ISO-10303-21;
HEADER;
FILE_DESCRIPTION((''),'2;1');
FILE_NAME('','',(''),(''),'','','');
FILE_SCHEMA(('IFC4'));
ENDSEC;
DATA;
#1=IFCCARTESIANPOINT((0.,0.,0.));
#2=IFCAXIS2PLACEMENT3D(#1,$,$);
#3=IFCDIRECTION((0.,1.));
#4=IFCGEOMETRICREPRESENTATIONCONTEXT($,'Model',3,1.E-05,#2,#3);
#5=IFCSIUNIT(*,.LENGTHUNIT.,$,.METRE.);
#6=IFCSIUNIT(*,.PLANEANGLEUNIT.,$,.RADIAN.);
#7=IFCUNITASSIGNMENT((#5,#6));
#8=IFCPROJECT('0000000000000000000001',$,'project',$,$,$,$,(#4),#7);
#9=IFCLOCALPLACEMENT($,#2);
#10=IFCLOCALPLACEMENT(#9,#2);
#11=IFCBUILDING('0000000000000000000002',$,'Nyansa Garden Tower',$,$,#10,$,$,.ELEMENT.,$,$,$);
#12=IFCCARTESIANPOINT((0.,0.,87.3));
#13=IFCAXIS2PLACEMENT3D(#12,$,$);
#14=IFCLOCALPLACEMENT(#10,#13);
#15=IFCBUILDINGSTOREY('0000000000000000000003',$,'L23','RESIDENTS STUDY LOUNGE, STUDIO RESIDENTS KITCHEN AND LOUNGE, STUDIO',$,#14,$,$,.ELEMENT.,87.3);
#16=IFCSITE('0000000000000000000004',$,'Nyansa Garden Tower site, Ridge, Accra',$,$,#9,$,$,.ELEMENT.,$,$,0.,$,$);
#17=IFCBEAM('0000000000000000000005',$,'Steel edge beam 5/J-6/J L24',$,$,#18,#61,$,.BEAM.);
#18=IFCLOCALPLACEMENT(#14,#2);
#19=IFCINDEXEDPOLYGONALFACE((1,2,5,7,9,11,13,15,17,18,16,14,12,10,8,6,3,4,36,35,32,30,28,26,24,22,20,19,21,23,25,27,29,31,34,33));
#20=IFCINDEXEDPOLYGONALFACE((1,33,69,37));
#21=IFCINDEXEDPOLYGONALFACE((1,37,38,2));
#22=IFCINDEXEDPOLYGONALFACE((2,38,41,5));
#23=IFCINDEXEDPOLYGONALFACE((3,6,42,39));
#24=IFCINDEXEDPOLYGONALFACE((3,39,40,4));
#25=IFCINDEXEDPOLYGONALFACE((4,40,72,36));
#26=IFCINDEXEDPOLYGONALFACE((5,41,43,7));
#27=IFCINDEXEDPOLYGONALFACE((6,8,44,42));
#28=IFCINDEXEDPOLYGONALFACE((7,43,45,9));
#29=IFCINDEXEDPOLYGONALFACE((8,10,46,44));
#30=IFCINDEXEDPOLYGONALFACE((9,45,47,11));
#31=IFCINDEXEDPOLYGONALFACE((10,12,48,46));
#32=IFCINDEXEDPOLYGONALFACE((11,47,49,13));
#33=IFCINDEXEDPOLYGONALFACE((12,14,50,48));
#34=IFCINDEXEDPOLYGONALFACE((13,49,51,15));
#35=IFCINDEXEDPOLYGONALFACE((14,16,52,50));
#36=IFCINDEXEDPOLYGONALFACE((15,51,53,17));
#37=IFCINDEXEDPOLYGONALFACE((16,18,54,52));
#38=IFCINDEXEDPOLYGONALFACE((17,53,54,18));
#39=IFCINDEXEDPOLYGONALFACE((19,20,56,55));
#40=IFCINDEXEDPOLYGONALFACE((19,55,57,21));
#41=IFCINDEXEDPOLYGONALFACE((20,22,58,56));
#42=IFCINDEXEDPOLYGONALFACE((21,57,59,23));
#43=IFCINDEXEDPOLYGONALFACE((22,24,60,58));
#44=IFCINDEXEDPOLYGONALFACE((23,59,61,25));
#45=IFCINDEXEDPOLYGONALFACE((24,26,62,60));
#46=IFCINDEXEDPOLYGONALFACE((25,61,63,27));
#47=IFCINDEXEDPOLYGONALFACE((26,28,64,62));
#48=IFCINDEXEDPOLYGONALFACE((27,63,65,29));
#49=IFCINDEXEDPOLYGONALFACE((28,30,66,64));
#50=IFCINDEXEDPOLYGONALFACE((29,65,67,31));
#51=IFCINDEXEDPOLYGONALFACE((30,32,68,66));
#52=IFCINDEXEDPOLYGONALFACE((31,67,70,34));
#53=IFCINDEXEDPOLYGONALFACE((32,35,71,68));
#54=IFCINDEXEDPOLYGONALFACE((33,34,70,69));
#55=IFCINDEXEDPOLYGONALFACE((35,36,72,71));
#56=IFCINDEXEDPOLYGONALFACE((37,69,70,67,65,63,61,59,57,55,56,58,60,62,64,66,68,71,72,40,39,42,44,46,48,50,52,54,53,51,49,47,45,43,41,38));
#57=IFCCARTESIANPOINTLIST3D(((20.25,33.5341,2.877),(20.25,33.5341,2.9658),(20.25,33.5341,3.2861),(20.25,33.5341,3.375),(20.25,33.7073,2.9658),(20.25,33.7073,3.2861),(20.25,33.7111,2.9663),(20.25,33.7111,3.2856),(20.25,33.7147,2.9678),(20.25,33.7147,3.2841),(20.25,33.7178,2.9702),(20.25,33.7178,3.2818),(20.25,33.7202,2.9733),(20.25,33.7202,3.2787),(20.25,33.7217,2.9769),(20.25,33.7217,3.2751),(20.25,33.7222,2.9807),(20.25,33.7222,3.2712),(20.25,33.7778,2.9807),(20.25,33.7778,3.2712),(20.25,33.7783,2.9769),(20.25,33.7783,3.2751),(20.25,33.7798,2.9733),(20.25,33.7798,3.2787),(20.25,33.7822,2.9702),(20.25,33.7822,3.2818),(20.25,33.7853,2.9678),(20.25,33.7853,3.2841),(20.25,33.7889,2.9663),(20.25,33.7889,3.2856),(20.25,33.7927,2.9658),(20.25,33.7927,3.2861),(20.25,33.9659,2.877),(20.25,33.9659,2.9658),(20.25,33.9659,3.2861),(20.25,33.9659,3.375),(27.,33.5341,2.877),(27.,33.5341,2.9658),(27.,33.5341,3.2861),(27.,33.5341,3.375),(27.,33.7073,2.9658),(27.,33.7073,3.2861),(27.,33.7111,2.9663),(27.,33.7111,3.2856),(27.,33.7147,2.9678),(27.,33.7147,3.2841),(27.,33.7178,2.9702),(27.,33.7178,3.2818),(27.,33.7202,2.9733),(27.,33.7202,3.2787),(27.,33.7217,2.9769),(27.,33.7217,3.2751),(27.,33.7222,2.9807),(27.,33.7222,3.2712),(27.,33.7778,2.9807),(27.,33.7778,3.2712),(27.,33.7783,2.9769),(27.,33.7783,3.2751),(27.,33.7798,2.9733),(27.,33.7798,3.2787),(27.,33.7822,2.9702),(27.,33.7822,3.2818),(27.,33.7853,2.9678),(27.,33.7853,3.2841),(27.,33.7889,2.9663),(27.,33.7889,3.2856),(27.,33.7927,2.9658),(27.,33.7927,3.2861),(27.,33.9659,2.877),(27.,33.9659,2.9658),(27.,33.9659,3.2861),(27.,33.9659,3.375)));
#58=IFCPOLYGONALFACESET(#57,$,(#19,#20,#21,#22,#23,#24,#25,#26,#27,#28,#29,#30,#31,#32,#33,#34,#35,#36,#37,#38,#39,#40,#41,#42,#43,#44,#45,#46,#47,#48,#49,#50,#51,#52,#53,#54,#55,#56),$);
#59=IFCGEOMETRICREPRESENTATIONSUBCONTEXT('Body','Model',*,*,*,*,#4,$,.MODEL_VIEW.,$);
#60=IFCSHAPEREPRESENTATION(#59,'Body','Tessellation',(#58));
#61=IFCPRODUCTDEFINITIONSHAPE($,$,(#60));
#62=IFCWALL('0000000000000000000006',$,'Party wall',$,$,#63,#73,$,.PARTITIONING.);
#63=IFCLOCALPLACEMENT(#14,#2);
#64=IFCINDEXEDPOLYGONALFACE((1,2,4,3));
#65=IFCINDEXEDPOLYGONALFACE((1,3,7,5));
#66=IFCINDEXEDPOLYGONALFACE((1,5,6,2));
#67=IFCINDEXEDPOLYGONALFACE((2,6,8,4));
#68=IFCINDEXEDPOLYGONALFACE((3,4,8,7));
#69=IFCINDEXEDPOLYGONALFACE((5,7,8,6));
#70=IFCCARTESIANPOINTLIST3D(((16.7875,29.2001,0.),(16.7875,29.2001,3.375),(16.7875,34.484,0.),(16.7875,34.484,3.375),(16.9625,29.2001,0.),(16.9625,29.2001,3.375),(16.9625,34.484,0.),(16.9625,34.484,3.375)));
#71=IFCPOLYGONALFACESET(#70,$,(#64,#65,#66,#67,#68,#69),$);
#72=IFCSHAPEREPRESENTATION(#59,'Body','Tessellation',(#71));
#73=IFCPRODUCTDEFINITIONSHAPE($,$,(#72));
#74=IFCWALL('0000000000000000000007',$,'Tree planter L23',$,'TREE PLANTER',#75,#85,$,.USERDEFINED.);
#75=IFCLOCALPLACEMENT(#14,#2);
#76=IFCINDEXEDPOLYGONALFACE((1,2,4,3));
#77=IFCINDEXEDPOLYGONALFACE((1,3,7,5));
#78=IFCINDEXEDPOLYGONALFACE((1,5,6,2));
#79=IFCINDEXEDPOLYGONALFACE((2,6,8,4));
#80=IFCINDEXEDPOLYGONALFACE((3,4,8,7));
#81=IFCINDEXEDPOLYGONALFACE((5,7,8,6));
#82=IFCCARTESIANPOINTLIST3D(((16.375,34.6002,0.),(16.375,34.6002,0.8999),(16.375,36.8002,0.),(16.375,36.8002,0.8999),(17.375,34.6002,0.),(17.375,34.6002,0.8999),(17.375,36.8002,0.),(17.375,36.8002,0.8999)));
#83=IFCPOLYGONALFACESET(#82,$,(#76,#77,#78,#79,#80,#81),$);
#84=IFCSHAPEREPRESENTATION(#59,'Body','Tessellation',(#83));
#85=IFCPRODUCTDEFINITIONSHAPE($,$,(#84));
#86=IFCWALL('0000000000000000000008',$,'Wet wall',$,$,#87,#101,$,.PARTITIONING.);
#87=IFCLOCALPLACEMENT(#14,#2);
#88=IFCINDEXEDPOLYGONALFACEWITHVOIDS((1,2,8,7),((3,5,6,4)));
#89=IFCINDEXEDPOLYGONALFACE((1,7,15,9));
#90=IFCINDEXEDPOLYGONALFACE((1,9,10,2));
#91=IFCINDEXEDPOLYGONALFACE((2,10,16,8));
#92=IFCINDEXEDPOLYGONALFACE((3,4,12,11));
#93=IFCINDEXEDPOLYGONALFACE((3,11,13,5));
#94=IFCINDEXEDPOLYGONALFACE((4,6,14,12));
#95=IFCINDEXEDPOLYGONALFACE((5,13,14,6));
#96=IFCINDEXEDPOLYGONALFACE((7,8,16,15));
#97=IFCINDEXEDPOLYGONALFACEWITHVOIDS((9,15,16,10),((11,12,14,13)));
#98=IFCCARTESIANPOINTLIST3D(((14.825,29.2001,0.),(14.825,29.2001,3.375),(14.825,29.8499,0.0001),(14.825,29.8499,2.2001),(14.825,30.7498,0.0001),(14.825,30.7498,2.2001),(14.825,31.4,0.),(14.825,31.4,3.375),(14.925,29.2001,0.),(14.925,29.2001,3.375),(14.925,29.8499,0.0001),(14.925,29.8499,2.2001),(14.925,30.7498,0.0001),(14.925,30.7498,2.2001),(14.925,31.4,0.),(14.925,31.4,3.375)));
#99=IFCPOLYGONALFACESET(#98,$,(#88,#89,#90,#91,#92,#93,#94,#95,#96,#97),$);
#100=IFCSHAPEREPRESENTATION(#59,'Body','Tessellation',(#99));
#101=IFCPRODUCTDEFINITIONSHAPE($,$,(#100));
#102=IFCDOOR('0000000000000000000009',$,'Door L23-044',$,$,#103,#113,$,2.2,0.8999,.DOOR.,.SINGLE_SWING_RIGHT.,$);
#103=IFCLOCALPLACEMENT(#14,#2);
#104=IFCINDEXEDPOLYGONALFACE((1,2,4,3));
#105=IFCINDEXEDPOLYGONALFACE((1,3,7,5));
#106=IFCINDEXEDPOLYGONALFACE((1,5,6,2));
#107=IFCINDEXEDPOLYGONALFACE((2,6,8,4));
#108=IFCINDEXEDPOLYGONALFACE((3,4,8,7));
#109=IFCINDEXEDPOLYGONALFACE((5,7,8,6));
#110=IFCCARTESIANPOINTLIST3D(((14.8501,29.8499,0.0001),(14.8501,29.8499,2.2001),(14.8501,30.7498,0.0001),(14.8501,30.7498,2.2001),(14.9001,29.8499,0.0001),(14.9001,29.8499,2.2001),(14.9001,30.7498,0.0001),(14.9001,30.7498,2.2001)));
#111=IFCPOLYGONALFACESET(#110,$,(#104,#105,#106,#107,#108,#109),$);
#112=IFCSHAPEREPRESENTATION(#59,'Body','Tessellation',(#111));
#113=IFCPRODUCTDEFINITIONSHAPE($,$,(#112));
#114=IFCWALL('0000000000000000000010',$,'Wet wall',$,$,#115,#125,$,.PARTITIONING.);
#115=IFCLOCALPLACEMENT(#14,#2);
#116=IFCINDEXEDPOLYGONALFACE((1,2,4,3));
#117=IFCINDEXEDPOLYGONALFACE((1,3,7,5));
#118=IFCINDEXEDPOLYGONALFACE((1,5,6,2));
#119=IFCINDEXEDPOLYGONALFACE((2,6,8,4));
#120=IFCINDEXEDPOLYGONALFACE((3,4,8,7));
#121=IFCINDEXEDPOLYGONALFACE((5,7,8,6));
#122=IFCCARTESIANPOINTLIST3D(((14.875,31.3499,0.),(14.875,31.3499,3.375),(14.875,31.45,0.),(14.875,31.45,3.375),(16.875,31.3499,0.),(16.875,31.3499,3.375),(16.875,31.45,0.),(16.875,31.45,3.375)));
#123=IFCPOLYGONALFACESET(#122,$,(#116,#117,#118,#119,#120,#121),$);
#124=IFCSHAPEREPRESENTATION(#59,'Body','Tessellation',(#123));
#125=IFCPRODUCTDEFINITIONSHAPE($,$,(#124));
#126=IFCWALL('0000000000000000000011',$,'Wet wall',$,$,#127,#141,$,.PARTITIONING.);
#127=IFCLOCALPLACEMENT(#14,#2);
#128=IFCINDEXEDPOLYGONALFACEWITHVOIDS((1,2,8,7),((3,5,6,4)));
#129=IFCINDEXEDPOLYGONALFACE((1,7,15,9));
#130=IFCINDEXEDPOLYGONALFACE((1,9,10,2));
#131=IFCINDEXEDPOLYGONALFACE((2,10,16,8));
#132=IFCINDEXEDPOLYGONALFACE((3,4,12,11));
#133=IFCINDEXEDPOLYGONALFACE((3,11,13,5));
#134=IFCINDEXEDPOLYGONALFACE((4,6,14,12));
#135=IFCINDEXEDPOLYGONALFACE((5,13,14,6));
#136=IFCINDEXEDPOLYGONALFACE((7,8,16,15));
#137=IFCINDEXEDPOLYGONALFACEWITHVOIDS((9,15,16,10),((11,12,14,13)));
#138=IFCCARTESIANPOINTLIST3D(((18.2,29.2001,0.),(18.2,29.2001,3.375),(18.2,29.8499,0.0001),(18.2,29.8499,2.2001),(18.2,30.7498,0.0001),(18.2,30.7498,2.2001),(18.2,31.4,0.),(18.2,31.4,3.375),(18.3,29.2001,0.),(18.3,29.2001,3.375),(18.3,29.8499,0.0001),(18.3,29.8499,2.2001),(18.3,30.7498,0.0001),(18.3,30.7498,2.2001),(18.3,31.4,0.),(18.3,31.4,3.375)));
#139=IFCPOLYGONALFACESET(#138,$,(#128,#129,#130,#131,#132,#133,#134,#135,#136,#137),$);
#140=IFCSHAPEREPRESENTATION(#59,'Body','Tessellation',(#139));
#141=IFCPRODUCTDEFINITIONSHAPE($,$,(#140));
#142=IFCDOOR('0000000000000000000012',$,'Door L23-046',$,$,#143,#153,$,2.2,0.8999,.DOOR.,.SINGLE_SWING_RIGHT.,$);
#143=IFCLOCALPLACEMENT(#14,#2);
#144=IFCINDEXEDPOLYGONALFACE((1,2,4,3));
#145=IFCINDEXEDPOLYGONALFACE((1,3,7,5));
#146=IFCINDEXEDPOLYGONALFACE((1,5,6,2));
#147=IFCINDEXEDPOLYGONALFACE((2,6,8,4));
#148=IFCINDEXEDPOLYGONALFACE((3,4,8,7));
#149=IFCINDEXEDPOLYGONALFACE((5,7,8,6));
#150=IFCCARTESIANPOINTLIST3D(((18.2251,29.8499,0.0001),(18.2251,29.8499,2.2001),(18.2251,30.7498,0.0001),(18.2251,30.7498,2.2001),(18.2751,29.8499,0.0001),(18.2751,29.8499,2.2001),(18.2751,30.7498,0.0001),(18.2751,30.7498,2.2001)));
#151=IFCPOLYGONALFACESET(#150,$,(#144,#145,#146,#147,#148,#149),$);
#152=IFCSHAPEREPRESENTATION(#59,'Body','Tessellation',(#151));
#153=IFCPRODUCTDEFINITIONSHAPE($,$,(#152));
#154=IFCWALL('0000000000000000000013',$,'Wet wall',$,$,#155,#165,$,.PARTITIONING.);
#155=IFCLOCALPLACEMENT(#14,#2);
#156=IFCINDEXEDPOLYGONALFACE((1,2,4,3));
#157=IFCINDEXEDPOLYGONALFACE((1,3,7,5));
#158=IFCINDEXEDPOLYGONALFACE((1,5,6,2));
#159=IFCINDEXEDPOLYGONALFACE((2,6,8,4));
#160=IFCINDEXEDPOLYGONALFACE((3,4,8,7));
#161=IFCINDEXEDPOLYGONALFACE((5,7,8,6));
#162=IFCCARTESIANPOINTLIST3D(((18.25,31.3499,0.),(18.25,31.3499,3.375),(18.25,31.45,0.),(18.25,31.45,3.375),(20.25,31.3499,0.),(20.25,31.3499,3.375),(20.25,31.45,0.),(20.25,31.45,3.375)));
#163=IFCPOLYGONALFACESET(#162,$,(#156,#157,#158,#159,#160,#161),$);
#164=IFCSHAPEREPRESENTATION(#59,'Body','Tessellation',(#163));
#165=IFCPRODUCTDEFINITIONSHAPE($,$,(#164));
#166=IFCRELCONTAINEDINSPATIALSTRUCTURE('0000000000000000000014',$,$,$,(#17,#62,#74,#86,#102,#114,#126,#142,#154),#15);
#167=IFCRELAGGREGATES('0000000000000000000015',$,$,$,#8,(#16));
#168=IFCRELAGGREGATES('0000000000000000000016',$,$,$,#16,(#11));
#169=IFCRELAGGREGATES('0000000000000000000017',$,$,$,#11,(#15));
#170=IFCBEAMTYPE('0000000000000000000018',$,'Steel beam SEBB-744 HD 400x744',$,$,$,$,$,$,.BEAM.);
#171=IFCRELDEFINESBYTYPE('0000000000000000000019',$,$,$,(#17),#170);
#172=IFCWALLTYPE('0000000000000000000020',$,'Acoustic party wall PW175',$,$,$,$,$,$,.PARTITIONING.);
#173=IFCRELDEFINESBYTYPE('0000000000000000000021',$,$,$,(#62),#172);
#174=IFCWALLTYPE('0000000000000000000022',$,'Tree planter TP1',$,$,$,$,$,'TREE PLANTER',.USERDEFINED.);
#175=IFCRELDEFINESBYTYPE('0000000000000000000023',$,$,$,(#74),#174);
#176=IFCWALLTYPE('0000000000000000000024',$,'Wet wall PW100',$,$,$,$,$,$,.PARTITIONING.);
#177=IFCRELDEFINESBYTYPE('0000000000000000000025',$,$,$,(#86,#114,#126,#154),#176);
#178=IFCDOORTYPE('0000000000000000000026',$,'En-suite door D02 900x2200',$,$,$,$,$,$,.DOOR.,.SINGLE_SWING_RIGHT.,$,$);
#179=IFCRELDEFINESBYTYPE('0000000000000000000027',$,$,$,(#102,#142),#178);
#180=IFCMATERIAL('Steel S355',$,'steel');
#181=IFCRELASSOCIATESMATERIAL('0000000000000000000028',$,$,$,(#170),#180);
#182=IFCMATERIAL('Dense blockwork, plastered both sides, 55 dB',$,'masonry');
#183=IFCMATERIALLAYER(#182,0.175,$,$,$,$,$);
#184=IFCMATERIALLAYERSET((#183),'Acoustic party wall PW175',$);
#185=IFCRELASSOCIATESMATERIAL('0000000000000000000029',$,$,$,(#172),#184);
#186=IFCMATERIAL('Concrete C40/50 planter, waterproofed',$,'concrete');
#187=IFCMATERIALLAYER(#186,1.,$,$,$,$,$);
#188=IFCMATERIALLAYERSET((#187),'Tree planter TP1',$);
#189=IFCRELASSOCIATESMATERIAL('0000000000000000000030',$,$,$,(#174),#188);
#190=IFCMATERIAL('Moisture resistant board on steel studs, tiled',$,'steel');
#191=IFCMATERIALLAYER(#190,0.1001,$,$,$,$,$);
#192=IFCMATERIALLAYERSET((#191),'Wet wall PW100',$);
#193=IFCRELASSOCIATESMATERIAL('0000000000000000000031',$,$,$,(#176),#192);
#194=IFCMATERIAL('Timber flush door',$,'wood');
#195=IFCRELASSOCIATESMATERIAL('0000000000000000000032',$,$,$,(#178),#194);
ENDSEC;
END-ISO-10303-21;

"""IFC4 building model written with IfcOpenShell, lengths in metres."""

from ifc_helpers import new_model, si_unit, direction, frame, frame_2d, origin, origin_2d, place, context, subcontext, project, spatial, rectangle, i_section, extrude, material, layer, layer_set, material_profile, profile_set, type_object, element, fill, save


model = new_model("IFC4")

# Units and contexts
model_context = context("Model", 3, precision=1e-05, world=origin(), true_north=direction((0.0, 1.0)))
body_context = subcontext(model_context, "Body", "Model", "MODEL_VIEW")
ifc_project = project(units=[si_unit("LENGTHUNIT", "METRE"), si_unit("PLANEANGLEUNIT", "RADIAN")], contexts=[model_context])

# Site, building, storey
site_placement = place(None, origin())
site = spatial("IfcSite", under=ifc_project, at=site_placement, Name="Nyansa Garden Tower site, Ridge, Accra", CompositionType="ELEMENT", RefElevation=0.0)
building_placement = place(site_placement, origin())
building = spatial("IfcBuilding", under=site, at=building_placement, Name="Nyansa Garden Tower", CompositionType="ELEMENT")
storey_placement = place(building_placement, frame((0.0, 0.0, 87.3)))
storey = spatial("IfcBuildingStorey", under=building, at=storey_placement, Name="L23", Description="RESIDENTS STUDY LOUNGE, STUDIO RESIDENTS KITCHEN AND LOUNGE, STUDIO", CompositionType="ELEMENT", Elevation=87.3)

# Beam
ifc_material_1 = material(Name="Steel S355", Category="steel")
ifc_material_profile_1 = material_profile(ifc_material_1, i_section(OverallWidth=0.4319, OverallDepth=0.498, WebThickness=0.0557, FlangeThickness=0.0889, FilletRadius=0.0149, at=origin_2d()), Name="HD 400x744")
ifc_profile_set_1 = profile_set([ifc_material_profile_1], Name="Steel S355")
beam_type_1 = type_object("IfcBeamType", Name="Steel beam SEBB-744 HD 400x744", PredefinedType="BEAM", material=ifc_profile_set_1)
beam_1_placement = place(storey_placement, frame((20.25, 33.75, 3.126), z_axis=(1.0, 0.0, 0.0), x_axis=(0.0, 1.0, 0.0)))
element("IfcBeam", 1, at=beam_1_placement, inside=storey, type_object=beam_type_1, Name="Steel edge beam 5/J-6/J L24", PredefinedType="BEAM", context=body_context, shape_type="SweptSolid", body=[
    extrude(i_section(OverallWidth=0.4319, OverallDepth=0.498, WebThickness=0.0557, FlangeThickness=0.0889, FilletRadius=0.0149, at=origin_2d()), origin(), (0.0, 0.0, 1.0), 6.75),
])

# Walls
ifc_material_2 = material(Name="Dense blockwork, plastered both sides, 55 dB", Category="masonry")
ifc_layer_1 = layer(ifc_material_2, 0.175)
ifc_layer_set_1 = layer_set([ifc_layer_1], Name="Acoustic party wall PW175")
wall_type_1 = type_object("IfcWallType", Name="Acoustic party wall PW175", PredefinedType="PARTITIONING", material=ifc_layer_set_1)
wall_1_placement = place(storey_placement, frame((16.875, 29.2, 0.0), z_axis=(0.0, 0.0, 1.0), x_axis=(0.0, 1.0, 0.0)))
element("IfcWall", 2, at=wall_1_placement, inside=storey, type_object=wall_type_1, Name="Party wall", PredefinedType="PARTITIONING", context=body_context, shape_type="SweptSolid", body=[
    extrude(rectangle(XDim=5.2839, YDim=0.175, at=frame_2d((2.6421, 0.0))), origin(), (0.0, 0.0, 1.0), 3.375),
])
ifc_material_3 = material(Name="Concrete C40/50 planter, waterproofed", Category="concrete")
ifc_layer_2 = layer(ifc_material_3, 1.0)
ifc_layer_set_2 = layer_set([ifc_layer_2], Name="Tree planter TP1")
wall_type_2 = type_object("IfcWallType", Name="Tree planter TP1", ElementType="TREE PLANTER", PredefinedType="USERDEFINED", material=ifc_layer_set_2)
wall_2_placement = place(storey_placement, frame((16.875, 34.6001, 0.0), z_axis=(0.0, 0.0, 1.0), x_axis=(0.0, 1.0, 0.0)))
element("IfcWall", 3, at=wall_2_placement, inside=storey, type_object=wall_type_2, Name="Tree planter L23", ObjectType="TREE PLANTER", PredefinedType="USERDEFINED", context=body_context, shape_type="SweptSolid", body=[
    extrude(rectangle(XDim=2.2, YDim=1.0, at=frame_2d((1.1001, 0.0))), origin(), (0.0, 0.0, 1.0), 0.8999),
])

# Wall, opening, door
ifc_material_4 = material(Name="Moisture resistant board on steel studs, tiled", Category="steel")
ifc_layer_3 = layer(ifc_material_4, 0.1001)
ifc_layer_set_3 = layer_set([ifc_layer_3], Name="Wet wall PW100")
wall_type_3 = type_object("IfcWallType", Name="Wet wall PW100", PredefinedType="PARTITIONING", material=ifc_layer_set_3)
wall_3_placement = place(storey_placement, frame((14.875, 29.2, 0.0), z_axis=(0.0, 0.0, 1.0), x_axis=(0.0, 1.0, 0.0)))
wall_3 = element("IfcWall", 4, at=wall_3_placement, inside=storey, type_object=wall_type_3, Name="Wet wall", PredefinedType="PARTITIONING", context=body_context, shape_type="SweptSolid", body=[
    extrude(rectangle(XDim=2.2, YDim=0.1001, at=frame_2d((1.1001, 0.0))), origin(), (0.0, 0.0, 1.0), 3.375),
])
opening_1_placement = place(wall_3_placement, frame((0.6499, 0.0, 0.0)))
opening_1 = element("IfcOpeningElement", 5, at=opening_1_placement, cuts=wall_3, PredefinedType="OPENING", context=body_context, shape_type="SweptSolid", body=[
    extrude(rectangle(XDim=0.8999, YDim=2.2, at=frame_2d((0.45, 1.1001))), frame((0.0, 0.0601, 0.0), z_axis=(0.0, -1.0, 0.0), x_axis=(1.0, 0.0, 0.0)), (0.0, 0.0, 1.0), 0.1201),
])
ifc_material_5 = material(Name="Timber flush door", Category="wood")
door_type = type_object("IfcDoorType", Name="En-suite door D02 900x2200", OperationType="SINGLE_SWING_RIGHT", PredefinedType="DOOR", material=ifc_material_5)
door_1_placement = place(opening_1_placement, origin())
door_1 = element("IfcDoor", 6, at=door_1_placement, inside=storey, type_object=door_type, Name="Door L23-044", OperationType="SINGLE_SWING_RIGHT", OverallHeight=2.2, OverallWidth=0.8999, PredefinedType="DOOR", context=body_context, shape_type="SweptSolid", body=[
    extrude(rectangle(XDim=0.8999, YDim=2.2, at=frame_2d((0.45, 1.1001))), frame((0.0, 0.0249, 0.0), z_axis=(0.0, -1.0, 0.0), x_axis=(1.0, 0.0, 0.0)), (0.0, 0.0, 1.0), 0.05),
])
fill(opening_1, door_1)

# Wall
wall_4_placement = place(storey_placement, frame((14.875, 31.3999, 0.0), z_axis=(0.0, 0.0, 1.0), x_axis=(1.0, 0.0, 0.0)))
element("IfcWall", 7, at=wall_4_placement, inside=storey, type_object=wall_type_3, Name="Wet wall", PredefinedType="PARTITIONING", context=body_context, shape_type="SweptSolid", body=[
    extrude(rectangle(XDim=2.0, YDim=0.1001, at=frame_2d((1.0, 0.0))), origin(), (0.0, 0.0, 1.0), 3.375),
])

# Wall, opening, door
wall_5_placement = place(storey_placement, frame((18.25, 29.2, 0.0), z_axis=(0.0, 0.0, 1.0), x_axis=(0.0, 1.0, 0.0)))
wall_5 = element("IfcWall", 8, at=wall_5_placement, inside=storey, type_object=wall_type_3, Name="Wet wall", PredefinedType="PARTITIONING", context=body_context, shape_type="SweptSolid", body=[
    extrude(rectangle(XDim=2.2, YDim=0.1001, at=frame_2d((1.1001, 0.0))), origin(), (0.0, 0.0, 1.0), 3.375),
])
opening_2_placement = place(wall_5_placement, frame((0.6499, 0.0, 0.0)))
opening_2 = element("IfcOpeningElement", 9, at=opening_2_placement, cuts=wall_5, PredefinedType="OPENING", context=body_context, shape_type="SweptSolid", body=[
    extrude(rectangle(XDim=0.8999, YDim=2.2, at=frame_2d((0.45, 1.1001))), frame((0.0, 0.0601, 0.0), z_axis=(0.0, -1.0, 0.0), x_axis=(1.0, 0.0, 0.0)), (0.0, 0.0, 1.0), 0.1201),
])
door_2_placement = place(opening_2_placement, origin())
door_2 = element("IfcDoor", 10, at=door_2_placement, inside=storey, type_object=door_type, Name="Door L23-046", OperationType="SINGLE_SWING_RIGHT", OverallHeight=2.2, OverallWidth=0.8999, PredefinedType="DOOR", context=body_context, shape_type="SweptSolid", body=[
    extrude(rectangle(XDim=0.8999, YDim=2.2, at=frame_2d((0.45, 1.1001))), frame((0.0, 0.0249, 0.0), z_axis=(0.0, -1.0, 0.0), x_axis=(1.0, 0.0, 0.0)), (0.0, 0.0, 1.0), 0.05),
])
fill(opening_2, door_2)

# Wall
wall_6_placement = place(storey_placement, frame((18.25, 31.3999, 0.0), z_axis=(0.0, 0.0, 1.0), x_axis=(1.0, 0.0, 0.0)))
element("IfcWall", 11, at=wall_6_placement, inside=storey, type_object=wall_type_3, Name="Wet wall", PredefinedType="PARTITIONING", context=body_context, shape_type="SweptSolid", body=[
    extrude(rectangle(XDim=2.0, YDim=0.1001, at=frame_2d((1.0, 0.0))), origin(), (0.0, 0.0, 1.0), 3.375),
])

save(model, "model.ifc")
